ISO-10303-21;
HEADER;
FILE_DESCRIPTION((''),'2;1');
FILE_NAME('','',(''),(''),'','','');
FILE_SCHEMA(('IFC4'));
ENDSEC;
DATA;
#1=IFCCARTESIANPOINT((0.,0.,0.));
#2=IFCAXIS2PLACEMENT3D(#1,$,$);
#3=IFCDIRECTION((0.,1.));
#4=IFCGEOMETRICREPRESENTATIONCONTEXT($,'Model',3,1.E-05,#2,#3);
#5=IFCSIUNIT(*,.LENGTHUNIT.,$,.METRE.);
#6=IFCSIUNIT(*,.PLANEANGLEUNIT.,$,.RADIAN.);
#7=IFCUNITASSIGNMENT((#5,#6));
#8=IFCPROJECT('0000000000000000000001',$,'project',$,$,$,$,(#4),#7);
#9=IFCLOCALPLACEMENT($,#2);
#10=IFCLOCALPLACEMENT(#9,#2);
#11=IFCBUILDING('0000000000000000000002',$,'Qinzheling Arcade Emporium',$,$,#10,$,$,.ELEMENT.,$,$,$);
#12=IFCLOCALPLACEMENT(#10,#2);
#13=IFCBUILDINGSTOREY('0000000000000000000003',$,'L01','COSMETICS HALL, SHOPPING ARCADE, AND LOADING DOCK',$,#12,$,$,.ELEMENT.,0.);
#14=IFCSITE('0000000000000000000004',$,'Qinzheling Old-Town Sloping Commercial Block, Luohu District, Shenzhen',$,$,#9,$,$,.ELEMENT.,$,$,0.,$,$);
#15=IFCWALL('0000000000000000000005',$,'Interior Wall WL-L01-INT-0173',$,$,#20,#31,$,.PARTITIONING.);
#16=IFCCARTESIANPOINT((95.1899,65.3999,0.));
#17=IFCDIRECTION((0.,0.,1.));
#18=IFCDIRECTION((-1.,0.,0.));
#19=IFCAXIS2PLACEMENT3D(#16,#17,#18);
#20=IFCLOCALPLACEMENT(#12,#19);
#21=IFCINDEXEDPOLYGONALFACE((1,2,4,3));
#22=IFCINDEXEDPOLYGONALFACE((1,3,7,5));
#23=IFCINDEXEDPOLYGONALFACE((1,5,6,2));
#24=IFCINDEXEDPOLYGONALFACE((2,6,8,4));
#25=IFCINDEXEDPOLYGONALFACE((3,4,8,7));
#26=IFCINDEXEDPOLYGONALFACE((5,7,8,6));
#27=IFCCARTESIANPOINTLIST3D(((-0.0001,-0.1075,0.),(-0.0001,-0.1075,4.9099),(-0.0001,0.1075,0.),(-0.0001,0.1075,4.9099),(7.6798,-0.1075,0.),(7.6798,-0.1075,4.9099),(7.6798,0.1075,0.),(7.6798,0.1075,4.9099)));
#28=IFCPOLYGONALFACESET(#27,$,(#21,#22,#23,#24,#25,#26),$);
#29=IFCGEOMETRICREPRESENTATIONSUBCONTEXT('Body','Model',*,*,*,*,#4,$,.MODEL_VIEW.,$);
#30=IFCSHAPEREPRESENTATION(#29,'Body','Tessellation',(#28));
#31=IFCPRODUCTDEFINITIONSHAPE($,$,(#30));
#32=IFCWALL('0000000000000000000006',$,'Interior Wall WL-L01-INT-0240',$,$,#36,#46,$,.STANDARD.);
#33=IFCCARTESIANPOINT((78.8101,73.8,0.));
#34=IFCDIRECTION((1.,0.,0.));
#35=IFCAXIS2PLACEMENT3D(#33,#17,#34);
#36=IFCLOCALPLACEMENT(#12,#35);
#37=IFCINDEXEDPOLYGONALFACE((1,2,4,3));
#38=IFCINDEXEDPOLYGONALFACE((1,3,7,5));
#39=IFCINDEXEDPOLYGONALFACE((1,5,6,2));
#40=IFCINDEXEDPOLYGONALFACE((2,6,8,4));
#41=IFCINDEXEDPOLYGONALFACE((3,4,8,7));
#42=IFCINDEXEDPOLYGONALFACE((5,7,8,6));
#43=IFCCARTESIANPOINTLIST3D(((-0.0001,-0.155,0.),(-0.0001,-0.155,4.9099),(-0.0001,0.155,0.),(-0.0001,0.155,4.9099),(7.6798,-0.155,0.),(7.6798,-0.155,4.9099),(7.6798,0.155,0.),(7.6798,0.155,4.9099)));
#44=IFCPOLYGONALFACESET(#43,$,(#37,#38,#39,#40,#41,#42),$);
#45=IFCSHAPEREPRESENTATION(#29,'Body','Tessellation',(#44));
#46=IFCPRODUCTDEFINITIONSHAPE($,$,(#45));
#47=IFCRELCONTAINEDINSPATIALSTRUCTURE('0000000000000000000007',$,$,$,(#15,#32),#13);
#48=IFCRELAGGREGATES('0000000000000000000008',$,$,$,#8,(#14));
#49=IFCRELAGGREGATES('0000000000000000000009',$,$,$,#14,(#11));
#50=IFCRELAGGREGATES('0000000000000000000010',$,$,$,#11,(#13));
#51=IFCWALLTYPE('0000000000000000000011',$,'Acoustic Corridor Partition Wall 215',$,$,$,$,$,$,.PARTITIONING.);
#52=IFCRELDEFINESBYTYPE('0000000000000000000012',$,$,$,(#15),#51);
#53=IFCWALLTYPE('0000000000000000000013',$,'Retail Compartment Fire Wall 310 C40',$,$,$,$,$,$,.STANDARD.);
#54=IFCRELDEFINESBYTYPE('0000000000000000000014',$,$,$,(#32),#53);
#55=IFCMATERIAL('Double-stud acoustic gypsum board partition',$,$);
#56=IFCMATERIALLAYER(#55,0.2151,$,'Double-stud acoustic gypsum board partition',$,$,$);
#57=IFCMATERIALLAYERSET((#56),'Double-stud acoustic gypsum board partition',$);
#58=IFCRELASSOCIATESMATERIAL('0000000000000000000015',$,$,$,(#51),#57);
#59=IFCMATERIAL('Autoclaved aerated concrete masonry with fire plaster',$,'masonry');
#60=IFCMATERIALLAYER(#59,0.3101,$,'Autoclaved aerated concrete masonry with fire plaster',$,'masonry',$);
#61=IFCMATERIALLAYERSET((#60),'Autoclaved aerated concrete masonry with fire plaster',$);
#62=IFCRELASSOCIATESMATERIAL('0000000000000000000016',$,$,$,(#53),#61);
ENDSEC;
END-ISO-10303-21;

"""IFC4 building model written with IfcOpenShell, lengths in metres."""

from ifc_helpers import new_model, si_unit, direction, frame, frame_2d, origin, place, context, subcontext, project, spatial, rectangle, extrude, material, layer, layer_set, type_object, element, save


model = new_model("IFC4")

# Units and contexts
model_context = context("Model", 3, precision=1e-05, world=origin(), true_north=direction((0.0, 1.0)))
body_context = subcontext(model_context, "Body", "Model", "MODEL_VIEW")
ifc_project = project(units=[si_unit("LENGTHUNIT", "METRE"), si_unit("PLANEANGLEUNIT", "RADIAN")], contexts=[model_context])

# Site, building, storey
site_placement = place(None, origin())
site = spatial("IfcSite", under=ifc_project, at=site_placement, Name="Qinzheling Old-Town Sloping Commercial Block, Luohu District, Shenzhen", CompositionType="ELEMENT", RefElevation=0.0)
building_placement = place(site_placement, origin())
building = spatial("IfcBuilding", under=site, at=building_placement, Name="Qinzheling Arcade Emporium", CompositionType="ELEMENT")
storey_placement = place(building_placement, origin())
storey = spatial("IfcBuildingStorey", under=building, at=storey_placement, Name="L01", Description="COSMETICS HALL, SHOPPING ARCADE, AND LOADING DOCK", CompositionType="ELEMENT", Elevation=0.0)

# Shared definitions
ifc_material_1 = material(Name="Double-stud acoustic gypsum board partition")
ifc_layer_1 = layer(ifc_material_1, 0.2151, Name="Double-stud acoustic gypsum board partition")
ifc_layer_set_1 = layer_set([ifc_layer_1], Name="Double-stud acoustic gypsum board partition")
wall_type_1 = type_object("IfcWallType", Name="Acoustic Corridor Partition Wall 215", PredefinedType="PARTITIONING", material=ifc_layer_set_1)

# Wall
wall_1_placement = place(storey_placement, frame((95.1899, 65.3999, 0.0), z_axis=(0.0, 0.0, 1.0), x_axis=(-1.0, 0.0, 0.0)))
element("IfcWall", 1, at=wall_1_placement, inside=storey, type_object=wall_type_1, Name="Interior Wall WL-L01-INT-0173", PredefinedType="PARTITIONING", context=body_context, shape_type="SweptSolid", body=[
    extrude(rectangle(XDim=7.6799, YDim=0.2151, at=frame_2d((3.8398, 0.0))), origin(), (0.0, 0.0, 1.0), 4.9099),
])

# Shared definitions
ifc_material_2 = material(Name="Autoclaved aerated concrete masonry with fire plaster", Category="masonry")
ifc_layer_2 = layer(ifc_material_2, 0.3101, Name="Autoclaved aerated concrete masonry with fire plaster", Category="masonry")
ifc_layer_set_2 = layer_set([ifc_layer_2], Name="Autoclaved aerated concrete masonry with fire plaster")
wall_type_2 = type_object("IfcWallType", Name="Retail Compartment Fire Wall 310 C40", PredefinedType="STANDARD", material=ifc_layer_set_2)

# Wall
wall_2_placement = place(storey_placement, frame((78.8101, 73.8, 0.0), z_axis=(0.0, 0.0, 1.0), x_axis=(1.0, 0.0, 0.0)))
element("IfcWall", 2, at=wall_2_placement, inside=storey, type_object=wall_type_2, Name="Interior Wall WL-L01-INT-0240", PredefinedType="STANDARD", context=body_context, shape_type="SweptSolid", body=[
    extrude(rectangle(XDim=7.6799, YDim=0.3101, at=frame_2d((3.8398, 0.0))), origin(), (0.0, 0.0, 1.0), 4.9099),
])

save(model, "model.ifc")
